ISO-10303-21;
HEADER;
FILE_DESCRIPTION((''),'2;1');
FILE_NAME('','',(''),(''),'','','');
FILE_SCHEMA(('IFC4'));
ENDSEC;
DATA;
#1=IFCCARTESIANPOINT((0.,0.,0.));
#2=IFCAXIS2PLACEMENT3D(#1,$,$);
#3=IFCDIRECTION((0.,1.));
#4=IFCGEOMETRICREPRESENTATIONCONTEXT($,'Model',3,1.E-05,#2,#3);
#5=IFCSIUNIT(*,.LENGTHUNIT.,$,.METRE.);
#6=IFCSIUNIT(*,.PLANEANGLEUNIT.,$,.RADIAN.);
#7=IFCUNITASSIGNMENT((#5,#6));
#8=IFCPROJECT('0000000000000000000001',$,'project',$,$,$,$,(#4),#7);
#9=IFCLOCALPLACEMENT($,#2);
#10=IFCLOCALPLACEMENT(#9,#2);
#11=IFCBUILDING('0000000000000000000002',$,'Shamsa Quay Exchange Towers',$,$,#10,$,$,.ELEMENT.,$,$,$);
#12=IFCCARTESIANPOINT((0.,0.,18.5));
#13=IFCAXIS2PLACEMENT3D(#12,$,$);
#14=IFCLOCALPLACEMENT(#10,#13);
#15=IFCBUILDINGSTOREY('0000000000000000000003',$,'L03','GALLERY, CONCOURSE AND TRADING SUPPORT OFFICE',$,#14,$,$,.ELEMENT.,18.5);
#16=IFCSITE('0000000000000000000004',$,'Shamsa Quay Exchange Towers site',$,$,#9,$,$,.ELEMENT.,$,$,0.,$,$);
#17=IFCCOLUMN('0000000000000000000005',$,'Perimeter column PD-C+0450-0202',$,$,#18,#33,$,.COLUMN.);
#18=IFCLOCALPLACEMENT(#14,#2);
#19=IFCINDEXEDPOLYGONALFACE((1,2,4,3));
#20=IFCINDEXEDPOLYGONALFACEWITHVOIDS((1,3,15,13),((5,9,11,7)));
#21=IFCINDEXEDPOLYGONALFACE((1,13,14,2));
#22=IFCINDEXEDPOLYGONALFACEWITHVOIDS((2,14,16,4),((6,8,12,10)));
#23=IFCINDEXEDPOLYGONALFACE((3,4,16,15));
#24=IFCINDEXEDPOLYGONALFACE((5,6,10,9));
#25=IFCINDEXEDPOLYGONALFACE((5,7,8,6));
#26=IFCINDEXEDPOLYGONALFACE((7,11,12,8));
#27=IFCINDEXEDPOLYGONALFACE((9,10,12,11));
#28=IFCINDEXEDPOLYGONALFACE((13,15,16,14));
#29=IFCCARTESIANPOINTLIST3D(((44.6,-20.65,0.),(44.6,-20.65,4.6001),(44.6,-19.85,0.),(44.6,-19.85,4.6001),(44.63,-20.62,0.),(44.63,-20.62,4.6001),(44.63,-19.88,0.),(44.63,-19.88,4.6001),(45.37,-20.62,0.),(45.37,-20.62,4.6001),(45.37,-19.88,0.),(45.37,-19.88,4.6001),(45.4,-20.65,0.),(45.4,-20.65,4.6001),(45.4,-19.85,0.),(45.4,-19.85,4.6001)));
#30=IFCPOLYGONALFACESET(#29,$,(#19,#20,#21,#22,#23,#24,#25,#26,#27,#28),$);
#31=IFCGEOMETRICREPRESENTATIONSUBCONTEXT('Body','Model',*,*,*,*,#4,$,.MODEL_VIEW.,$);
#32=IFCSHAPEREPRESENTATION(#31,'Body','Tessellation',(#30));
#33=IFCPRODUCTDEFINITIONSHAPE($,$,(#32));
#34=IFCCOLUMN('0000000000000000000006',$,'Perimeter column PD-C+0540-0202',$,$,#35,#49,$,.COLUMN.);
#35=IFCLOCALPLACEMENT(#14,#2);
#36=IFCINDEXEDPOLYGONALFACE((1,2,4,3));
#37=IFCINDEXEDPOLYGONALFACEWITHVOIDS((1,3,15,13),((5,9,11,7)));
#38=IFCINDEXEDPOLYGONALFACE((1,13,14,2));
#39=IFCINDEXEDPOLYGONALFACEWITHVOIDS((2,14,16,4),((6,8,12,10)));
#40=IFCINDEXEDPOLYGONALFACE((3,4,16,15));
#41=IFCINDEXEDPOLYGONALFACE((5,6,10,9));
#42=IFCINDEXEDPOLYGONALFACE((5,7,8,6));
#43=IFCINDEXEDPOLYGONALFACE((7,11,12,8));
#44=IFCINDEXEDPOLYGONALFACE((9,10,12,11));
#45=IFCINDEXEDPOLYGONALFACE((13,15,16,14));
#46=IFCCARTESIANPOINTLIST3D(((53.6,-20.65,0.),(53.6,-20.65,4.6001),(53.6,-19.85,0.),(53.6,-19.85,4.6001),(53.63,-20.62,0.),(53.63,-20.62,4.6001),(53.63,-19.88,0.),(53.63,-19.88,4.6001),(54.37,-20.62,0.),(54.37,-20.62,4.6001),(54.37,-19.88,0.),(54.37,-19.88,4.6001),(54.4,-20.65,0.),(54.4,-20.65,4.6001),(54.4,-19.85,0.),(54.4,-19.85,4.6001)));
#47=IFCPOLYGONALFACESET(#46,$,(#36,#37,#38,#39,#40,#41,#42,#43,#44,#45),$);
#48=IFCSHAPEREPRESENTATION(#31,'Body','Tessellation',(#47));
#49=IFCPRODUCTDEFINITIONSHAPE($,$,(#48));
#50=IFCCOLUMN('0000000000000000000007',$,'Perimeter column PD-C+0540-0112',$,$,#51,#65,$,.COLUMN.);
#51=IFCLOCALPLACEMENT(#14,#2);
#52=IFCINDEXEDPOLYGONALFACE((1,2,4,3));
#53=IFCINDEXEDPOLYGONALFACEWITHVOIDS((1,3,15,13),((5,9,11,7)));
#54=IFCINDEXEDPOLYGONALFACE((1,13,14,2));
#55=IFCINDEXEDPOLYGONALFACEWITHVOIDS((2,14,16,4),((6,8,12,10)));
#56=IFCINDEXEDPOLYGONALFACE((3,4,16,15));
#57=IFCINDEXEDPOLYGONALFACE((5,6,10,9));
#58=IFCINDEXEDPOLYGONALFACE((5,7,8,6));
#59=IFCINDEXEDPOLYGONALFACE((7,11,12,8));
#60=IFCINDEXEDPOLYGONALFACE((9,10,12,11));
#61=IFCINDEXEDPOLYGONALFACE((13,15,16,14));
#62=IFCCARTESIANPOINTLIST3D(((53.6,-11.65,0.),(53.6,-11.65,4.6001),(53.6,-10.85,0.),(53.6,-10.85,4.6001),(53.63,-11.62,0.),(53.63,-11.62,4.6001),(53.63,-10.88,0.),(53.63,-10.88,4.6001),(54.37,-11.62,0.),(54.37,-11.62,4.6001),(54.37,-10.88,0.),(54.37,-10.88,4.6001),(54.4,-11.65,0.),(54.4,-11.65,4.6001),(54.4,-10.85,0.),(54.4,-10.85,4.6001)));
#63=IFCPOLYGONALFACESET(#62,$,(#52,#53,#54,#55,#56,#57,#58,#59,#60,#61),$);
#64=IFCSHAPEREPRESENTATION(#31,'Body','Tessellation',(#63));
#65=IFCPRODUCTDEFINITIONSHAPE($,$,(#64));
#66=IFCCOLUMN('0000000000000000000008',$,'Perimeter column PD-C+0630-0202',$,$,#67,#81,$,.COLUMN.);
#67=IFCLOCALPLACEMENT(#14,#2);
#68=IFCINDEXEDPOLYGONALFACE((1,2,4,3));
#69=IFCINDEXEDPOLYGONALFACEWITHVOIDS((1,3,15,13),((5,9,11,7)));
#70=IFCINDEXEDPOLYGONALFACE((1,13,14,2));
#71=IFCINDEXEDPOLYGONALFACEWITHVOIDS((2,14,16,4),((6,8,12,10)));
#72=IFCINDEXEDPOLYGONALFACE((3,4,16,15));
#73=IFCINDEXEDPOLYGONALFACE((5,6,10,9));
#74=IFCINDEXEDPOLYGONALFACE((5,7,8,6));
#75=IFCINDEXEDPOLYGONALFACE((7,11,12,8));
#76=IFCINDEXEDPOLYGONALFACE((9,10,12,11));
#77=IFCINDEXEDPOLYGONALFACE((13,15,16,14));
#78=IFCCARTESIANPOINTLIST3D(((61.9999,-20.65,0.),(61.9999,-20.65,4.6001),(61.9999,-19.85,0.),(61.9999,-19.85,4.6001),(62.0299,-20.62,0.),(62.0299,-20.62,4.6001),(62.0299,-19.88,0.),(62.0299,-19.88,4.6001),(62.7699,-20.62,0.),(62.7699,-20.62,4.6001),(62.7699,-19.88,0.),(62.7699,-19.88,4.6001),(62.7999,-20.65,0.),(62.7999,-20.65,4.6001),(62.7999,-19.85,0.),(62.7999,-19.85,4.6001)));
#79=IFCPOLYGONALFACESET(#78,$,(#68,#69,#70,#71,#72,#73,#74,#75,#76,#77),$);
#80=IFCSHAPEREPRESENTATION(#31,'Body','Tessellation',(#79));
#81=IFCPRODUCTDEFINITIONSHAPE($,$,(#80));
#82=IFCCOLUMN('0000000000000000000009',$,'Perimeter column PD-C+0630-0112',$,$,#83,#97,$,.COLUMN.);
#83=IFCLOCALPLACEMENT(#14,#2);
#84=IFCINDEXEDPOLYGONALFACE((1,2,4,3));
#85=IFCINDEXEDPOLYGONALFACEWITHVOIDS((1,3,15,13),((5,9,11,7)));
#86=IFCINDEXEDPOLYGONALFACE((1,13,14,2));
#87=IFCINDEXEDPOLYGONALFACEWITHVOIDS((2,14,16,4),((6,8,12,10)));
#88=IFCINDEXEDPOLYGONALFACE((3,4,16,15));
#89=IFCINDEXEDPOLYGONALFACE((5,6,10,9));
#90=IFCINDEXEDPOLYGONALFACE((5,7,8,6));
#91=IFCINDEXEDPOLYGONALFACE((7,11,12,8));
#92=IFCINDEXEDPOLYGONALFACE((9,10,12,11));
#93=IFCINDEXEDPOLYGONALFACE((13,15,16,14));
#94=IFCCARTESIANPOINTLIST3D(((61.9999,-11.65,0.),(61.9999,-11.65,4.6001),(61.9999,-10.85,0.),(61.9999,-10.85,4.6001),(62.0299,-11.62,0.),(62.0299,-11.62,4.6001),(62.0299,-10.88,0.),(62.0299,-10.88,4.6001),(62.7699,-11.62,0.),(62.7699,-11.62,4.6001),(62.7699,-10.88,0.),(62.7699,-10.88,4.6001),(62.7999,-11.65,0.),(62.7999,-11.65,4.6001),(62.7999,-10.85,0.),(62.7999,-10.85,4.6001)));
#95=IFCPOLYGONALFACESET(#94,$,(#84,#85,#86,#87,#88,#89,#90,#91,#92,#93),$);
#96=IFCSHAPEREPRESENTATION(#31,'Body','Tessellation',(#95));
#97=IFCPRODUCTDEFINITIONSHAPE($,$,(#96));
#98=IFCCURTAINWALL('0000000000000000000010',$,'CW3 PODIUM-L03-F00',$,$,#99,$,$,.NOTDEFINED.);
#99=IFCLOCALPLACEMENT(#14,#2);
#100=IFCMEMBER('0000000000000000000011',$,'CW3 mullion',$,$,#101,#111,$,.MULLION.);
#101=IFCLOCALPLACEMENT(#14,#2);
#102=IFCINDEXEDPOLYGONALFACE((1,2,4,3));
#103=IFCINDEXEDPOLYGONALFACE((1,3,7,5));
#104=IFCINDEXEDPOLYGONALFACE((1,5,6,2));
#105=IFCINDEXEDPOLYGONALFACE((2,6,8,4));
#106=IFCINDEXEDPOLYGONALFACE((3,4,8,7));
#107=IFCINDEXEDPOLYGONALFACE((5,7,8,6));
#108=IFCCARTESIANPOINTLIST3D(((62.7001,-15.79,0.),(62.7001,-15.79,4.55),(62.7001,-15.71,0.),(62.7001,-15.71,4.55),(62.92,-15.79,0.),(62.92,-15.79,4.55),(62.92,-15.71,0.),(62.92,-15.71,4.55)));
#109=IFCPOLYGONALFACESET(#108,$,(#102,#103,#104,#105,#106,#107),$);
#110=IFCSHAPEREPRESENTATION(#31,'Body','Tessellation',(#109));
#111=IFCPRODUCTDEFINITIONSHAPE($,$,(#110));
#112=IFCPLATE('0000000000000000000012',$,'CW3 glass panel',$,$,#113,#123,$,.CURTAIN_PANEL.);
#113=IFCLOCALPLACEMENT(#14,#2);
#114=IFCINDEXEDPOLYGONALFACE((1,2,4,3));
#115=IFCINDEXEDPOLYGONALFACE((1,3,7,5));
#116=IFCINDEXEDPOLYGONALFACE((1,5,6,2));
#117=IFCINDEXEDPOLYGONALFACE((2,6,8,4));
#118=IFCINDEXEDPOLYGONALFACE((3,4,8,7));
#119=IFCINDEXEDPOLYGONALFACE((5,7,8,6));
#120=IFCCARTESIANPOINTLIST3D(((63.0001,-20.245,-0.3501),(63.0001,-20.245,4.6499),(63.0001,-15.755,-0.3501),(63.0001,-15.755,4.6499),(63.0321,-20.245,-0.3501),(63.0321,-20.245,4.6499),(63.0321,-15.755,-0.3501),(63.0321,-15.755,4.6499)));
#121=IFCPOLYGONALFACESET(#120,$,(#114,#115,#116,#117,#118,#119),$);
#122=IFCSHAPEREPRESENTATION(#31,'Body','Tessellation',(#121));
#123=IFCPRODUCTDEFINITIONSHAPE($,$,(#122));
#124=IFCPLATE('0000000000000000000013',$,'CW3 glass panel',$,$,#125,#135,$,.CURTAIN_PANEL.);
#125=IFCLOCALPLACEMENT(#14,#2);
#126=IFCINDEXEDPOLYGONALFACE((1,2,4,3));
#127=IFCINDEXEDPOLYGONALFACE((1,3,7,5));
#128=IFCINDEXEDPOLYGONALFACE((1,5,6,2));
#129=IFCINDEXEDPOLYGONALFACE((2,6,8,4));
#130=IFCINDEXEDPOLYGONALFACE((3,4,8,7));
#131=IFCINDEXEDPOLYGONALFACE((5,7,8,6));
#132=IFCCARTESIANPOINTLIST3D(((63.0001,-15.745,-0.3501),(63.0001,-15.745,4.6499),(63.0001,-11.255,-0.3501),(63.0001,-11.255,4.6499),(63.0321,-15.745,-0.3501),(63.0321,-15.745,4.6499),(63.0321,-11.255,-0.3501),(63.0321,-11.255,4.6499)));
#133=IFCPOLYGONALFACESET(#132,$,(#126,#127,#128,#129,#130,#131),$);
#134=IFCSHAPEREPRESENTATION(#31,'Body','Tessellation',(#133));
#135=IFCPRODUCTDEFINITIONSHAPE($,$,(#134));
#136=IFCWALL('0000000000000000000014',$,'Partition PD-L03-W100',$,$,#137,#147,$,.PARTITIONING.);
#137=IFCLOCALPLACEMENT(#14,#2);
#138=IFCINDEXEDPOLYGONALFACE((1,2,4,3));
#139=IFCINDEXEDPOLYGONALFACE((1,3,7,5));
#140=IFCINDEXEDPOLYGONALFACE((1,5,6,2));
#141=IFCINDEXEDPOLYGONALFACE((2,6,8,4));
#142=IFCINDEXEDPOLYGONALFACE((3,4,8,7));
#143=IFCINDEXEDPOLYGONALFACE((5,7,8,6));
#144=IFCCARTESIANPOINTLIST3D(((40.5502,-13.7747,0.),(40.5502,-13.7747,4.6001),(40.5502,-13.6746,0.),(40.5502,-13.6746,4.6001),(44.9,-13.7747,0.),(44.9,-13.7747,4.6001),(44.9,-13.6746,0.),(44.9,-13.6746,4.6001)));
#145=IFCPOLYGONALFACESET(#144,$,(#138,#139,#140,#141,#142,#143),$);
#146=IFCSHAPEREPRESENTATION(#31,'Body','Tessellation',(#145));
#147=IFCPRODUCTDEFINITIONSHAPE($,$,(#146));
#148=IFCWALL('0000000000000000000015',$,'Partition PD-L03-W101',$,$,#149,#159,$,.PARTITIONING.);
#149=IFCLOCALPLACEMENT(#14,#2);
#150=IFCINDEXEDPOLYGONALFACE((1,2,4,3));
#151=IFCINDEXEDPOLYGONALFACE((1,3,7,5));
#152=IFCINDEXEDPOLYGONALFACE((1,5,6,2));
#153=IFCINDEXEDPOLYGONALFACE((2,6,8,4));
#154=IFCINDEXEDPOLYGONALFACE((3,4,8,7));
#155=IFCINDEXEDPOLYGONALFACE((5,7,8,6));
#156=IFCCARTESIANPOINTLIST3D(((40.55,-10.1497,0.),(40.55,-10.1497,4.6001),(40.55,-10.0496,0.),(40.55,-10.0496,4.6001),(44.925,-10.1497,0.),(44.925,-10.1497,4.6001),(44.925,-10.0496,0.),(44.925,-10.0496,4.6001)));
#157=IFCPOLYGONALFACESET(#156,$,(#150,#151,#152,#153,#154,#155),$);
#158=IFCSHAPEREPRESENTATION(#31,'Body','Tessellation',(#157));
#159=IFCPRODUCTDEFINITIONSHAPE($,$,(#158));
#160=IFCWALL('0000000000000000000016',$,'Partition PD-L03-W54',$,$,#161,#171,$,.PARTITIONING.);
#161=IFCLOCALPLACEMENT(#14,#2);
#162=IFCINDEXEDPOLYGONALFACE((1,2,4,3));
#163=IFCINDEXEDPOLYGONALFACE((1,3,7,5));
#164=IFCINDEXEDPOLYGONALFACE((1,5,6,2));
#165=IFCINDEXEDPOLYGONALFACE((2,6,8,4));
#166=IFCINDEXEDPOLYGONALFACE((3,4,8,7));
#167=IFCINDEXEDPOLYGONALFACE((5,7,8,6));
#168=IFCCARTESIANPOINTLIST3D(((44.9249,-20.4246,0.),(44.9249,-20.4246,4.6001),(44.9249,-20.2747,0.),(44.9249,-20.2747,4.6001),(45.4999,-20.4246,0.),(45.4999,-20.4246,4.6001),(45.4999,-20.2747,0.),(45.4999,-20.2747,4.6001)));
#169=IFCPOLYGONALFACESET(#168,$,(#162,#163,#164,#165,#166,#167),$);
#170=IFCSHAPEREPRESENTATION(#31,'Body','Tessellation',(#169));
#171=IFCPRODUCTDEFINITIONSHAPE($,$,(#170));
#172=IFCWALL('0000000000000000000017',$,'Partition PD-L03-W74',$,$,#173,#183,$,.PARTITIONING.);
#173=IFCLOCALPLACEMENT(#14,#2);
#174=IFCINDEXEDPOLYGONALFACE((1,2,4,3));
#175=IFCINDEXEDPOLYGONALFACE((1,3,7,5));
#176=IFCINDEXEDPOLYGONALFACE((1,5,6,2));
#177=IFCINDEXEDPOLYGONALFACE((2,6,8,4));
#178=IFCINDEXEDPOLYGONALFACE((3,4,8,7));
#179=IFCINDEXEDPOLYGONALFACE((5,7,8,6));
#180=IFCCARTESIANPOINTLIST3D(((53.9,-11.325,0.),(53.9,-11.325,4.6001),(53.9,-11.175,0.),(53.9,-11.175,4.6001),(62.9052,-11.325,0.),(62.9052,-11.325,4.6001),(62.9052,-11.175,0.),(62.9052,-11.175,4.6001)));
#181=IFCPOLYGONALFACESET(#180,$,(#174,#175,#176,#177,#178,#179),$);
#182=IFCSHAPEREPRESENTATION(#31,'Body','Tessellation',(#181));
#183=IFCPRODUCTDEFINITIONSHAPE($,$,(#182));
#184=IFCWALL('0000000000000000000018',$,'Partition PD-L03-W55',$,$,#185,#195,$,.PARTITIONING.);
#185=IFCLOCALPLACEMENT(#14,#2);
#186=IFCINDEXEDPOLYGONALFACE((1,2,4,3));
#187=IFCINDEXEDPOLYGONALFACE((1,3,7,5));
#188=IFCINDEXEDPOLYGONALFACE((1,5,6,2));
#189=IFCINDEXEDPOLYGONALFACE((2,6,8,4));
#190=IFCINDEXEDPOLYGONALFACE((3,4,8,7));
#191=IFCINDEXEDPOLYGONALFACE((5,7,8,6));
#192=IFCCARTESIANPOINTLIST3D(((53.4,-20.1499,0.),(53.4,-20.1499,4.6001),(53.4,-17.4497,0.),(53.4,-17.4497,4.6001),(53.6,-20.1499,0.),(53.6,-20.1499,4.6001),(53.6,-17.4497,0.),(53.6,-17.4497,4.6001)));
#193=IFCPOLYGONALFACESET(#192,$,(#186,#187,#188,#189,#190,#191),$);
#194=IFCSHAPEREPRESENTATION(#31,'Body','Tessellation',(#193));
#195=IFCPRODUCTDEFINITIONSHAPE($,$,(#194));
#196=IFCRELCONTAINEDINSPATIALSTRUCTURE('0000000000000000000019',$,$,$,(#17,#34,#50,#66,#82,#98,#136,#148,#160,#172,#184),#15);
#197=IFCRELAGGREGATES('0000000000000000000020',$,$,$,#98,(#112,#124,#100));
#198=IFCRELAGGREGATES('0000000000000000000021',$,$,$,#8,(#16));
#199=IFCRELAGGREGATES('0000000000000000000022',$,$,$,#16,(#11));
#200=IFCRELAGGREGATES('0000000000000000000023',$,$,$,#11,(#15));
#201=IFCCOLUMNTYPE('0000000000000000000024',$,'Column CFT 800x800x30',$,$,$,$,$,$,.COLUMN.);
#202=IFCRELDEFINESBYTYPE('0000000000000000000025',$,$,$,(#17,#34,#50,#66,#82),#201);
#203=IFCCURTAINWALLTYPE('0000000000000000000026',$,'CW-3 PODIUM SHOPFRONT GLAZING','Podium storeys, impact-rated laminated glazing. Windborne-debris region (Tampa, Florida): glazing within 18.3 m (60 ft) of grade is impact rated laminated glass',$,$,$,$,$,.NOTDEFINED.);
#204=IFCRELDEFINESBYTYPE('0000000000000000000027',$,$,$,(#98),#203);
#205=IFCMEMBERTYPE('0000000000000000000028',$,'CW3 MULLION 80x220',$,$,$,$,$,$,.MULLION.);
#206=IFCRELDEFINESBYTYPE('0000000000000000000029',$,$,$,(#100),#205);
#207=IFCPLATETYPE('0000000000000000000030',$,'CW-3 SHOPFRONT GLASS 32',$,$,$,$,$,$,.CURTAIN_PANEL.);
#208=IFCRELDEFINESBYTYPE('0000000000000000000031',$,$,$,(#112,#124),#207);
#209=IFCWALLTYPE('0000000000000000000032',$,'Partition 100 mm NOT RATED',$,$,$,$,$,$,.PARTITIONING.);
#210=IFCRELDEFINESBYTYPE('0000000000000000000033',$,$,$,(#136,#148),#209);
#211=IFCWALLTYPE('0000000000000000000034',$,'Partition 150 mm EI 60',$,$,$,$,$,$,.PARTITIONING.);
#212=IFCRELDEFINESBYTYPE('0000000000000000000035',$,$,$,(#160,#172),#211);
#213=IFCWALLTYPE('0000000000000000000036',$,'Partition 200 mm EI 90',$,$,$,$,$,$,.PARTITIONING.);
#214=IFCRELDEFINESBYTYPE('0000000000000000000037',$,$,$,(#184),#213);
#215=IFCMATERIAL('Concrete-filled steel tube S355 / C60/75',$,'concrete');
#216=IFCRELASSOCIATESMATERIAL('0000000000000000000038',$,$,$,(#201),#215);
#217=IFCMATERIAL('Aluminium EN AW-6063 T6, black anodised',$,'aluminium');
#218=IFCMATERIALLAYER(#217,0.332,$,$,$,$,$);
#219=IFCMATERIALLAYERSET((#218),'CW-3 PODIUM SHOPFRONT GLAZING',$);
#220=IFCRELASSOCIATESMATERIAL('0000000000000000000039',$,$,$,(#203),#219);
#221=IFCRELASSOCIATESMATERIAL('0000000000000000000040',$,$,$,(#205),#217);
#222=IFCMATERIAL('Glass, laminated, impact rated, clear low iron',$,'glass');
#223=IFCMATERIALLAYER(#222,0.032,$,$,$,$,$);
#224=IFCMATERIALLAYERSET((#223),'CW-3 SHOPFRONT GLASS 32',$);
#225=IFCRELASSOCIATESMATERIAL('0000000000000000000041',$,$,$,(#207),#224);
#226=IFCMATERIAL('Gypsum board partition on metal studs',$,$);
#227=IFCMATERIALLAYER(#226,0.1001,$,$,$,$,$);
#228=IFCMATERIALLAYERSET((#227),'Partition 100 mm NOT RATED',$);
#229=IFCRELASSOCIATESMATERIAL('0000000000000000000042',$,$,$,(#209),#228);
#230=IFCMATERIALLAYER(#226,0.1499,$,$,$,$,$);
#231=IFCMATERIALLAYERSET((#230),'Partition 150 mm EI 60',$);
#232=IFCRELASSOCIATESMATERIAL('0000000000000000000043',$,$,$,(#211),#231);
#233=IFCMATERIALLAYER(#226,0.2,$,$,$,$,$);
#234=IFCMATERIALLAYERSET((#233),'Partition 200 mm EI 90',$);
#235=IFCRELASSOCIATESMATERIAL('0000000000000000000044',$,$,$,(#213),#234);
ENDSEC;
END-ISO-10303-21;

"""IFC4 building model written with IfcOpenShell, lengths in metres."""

from ifc_helpers import new_model, si_unit, direction, frame, frame_2d, origin, origin_2d, place, context, subcontext, project, spatial, rectangle, hollow_rectangle, extrude, material, layer, layer_set, material_profile, profile_set, type_object, element, aggregate, save


model = new_model("IFC4")

# Units and contexts
model_context = context("Model", 3, precision=1e-05, world=origin(), true_north=direction((0.0, 1.0)))
body_context = subcontext(model_context, "Body", "Model", "MODEL_VIEW")
ifc_project = project(units=[si_unit("LENGTHUNIT", "METRE"), si_unit("PLANEANGLEUNIT", "RADIAN")], contexts=[model_context])

# Site, building, storey
site_placement = place(None, origin())
site = spatial("IfcSite", under=ifc_project, at=site_placement, Name="Shamsa Quay Exchange Towers site", CompositionType="ELEMENT", RefElevation=0.0)
building_placement = place(site_placement, origin())
building = spatial("IfcBuilding", under=site, at=building_placement, Name="Shamsa Quay Exchange Towers", CompositionType="ELEMENT")
storey_placement = place(building_placement, frame((0.0, 0.0, 18.5)))
storey = spatial("IfcBuildingStorey", under=building, at=storey_placement, Name="L03", Description="GALLERY, CONCOURSE AND TRADING SUPPORT OFFICE", CompositionType="ELEMENT", Elevation=18.5)

# Columns
ifc_material_1 = material(Name="Concrete-filled steel tube S355 / C60/75", Category="concrete")
ifc_material_profile_1 = material_profile(ifc_material_1, hollow_rectangle(XDim=0.8, YDim=0.8, WallThickness=0.03, at=origin_2d()), Name="CFT 800x800x30")
ifc_profile_set_1 = profile_set([ifc_material_profile_1], Name="Concrete-filled steel tube S355 / C60/75")
column_type = type_object("IfcColumnType", Name="Column CFT 800x800x30", PredefinedType="COLUMN", material=ifc_profile_set_1)
for number, where, name in (
    (1, (45.0, -20.25, 0.0), "Perimeter column PD-C+0450-0202"),
    (2, (54.0, -20.25, 0.0), "Perimeter column PD-C+0540-0202"),
    (3, (54.0, -11.25, 0.0), "Perimeter column PD-C+0540-0112"),
    (4, (62.3999, -20.25, 0.0), "Perimeter column PD-C+0630-0202"),
    (5, (62.3999, -11.25, 0.0), "Perimeter column PD-C+0630-0112"),
):
    element("IfcColumn", number, at=place(storey_placement, frame(where)), inside=storey, type_object=column_type, Name=name, PredefinedType="COLUMN", context=body_context, shape_type="SweptSolid", body=[
        extrude(hollow_rectangle(XDim=0.8, YDim=0.8, WallThickness=0.03, at=origin_2d()), origin(), (0.0, 0.0, 1.0), 4.6001),
    ])

# Curtain wall, member, plates
ifc_material_2 = material(Name="Aluminium EN AW-6063 T6, black anodised", Category="aluminium")
ifc_layer_1 = layer(ifc_material_2, 0.332)
ifc_layer_set_1 = layer_set([ifc_layer_1], Name="CW-3 PODIUM SHOPFRONT GLAZING")
curtain_wall_type = type_object("IfcCurtainWallType", Name="CW-3 PODIUM SHOPFRONT GLAZING", Description="Podium storeys, impact-rated laminated glazing. Windborne-debris region (Tampa, Florida): glazing within 18.3 m (60 ft) of grade is impact rated laminated glass", PredefinedType="NOTDEFINED", material=ifc_layer_set_1)
curtain_wall_placement = place(storey_placement, origin())
curtain_wall = element("IfcCurtainWall", 6, at=curtain_wall_placement, inside=storey, type_object=curtain_wall_type, Name="CW3 PODIUM-L03-F00", PredefinedType="NOTDEFINED")
ifc_material_profile_2 = material_profile(ifc_material_2, rectangle(XDim=0.22, YDim=0.0801, at=origin_2d()), Name="MU80x220")
ifc_profile_set_2 = profile_set([ifc_material_profile_2], Name="Aluminium EN AW-6063 T6, black anodised")
member_type = type_object("IfcMemberType", Name="CW3 MULLION 80x220", PredefinedType="MULLION", material=ifc_profile_set_2)
member_placement = place(storey_placement, frame((62.8101, -15.75, 0.0), z_axis=(0.0, 0.0, 1.0), x_axis=(-1.0, 0.0, 0.0)))
member = element("IfcMember", 7, at=member_placement, type_object=member_type, Name="CW3 mullion", PredefinedType="MULLION", context=body_context, shape_type="SweptSolid", body=[
    extrude(rectangle(XDim=0.22, YDim=0.0801, at=origin_2d()), origin(), (0.0, 0.0, 1.0), 4.55),
])
ifc_material_3 = material(Name="Glass, laminated, impact rated, clear low iron", Category="glass")
ifc_layer_2 = layer(ifc_material_3, 0.032)
ifc_layer_set_2 = layer_set([ifc_layer_2], Name="CW-3 SHOPFRONT GLASS 32")
plate_type = type_object("IfcPlateType", Name="CW-3 SHOPFRONT GLASS 32", PredefinedType="CURTAIN_PANEL", material=ifc_layer_set_2)
plate_1_placement = place(storey_placement, frame((63.0161, -18.0, -0.3501), z_axis=(0.0, 0.0, 1.0), x_axis=(0.0, 1.0, 0.0)))
plate_1 = element("IfcPlate", 8, at=plate_1_placement, type_object=plate_type, Name="CW3 glass panel", PredefinedType="CURTAIN_PANEL", context=body_context, shape_type="SweptSolid", body=[
    extrude(rectangle(XDim=4.49, YDim=0.032, at=origin_2d()), origin(), (0.0, 0.0, 1.0), 5.0),
])
plate_2_placement = place(storey_placement, frame((63.0161, -13.5, -0.3501), z_axis=(0.0, 0.0, 1.0), x_axis=(0.0, 1.0, 0.0)))
plate_2 = element("IfcPlate", 9, at=plate_2_placement, type_object=plate_type, Name="CW3 glass panel", PredefinedType="CURTAIN_PANEL", context=body_context, shape_type="SweptSolid", body=[
    extrude(rectangle(XDim=4.49, YDim=0.032, at=origin_2d()), origin(), (0.0, 0.0, 1.0), 5.0),
])
aggregate(curtain_wall, [plate_1, plate_2, member])

# Walls
ifc_material_4 = material(Name="Gypsum board partition on metal studs")
ifc_layer_3 = layer(ifc_material_4, 0.1001)
ifc_layer_set_3 = layer_set([ifc_layer_3], Name="Partition 100 mm NOT RATED")
wall_type_1 = type_object("IfcWallType", Name="Partition 100 mm NOT RATED", PredefinedType="PARTITIONING", material=ifc_layer_set_3)
wall_1_placement = place(storey_placement, frame((44.8999, -13.7246, 0.0), z_axis=(0.0, 0.0, 1.0), x_axis=(-1.0, 0.0, 0.0)))
element("IfcWall", 10, at=wall_1_placement, inside=storey, type_object=wall_type_1, Name="Partition PD-L03-W100", PredefinedType="PARTITIONING", context=body_context, shape_type="SweptSolid", body=[
    extrude(rectangle(XDim=4.3499, YDim=0.1001, at=frame_2d((2.1748, 0.0))), origin(), (0.0, 0.0, 1.0), 4.6001),
])
wall_2_placement = place(storey_placement, frame((44.925, -10.0996, 0.0), z_axis=(0.0, 0.0, 1.0), x_axis=(-1.0, 0.0, 0.0)))
element("IfcWall", 11, at=wall_2_placement, inside=storey, type_object=wall_type_1, Name="Partition PD-L03-W101", PredefinedType="PARTITIONING", context=body_context, shape_type="SweptSolid", body=[
    extrude(rectangle(XDim=4.375, YDim=0.1001, at=frame_2d((2.1875, 0.0))), origin(), (0.0, 0.0, 1.0), 4.6001),
])
ifc_layer_4 = layer(ifc_material_4, 0.1499)
ifc_layer_set_4 = layer_set([ifc_layer_4], Name="Partition 150 mm EI 60")
wall_type_2 = type_object("IfcWallType", Name="Partition 150 mm EI 60", PredefinedType="PARTITIONING", material=ifc_layer_set_4)
wall_3_placement = place(storey_placement, frame((45.5, -20.3496, 0.0), z_axis=(0.0, 0.0, 1.0), x_axis=(-1.0, 0.0, 0.0)))
element("IfcWall", 12, at=wall_3_placement, inside=storey, type_object=wall_type_2, Name="Partition PD-L03-W54", PredefinedType="PARTITIONING", context=body_context, shape_type="SweptSolid", body=[
    extrude(rectangle(XDim=0.575, YDim=0.1499, at=frame_2d((0.2876, 0.0))), origin(), (0.0, 0.0, 1.0), 4.6001),
])
wall_4_placement = place(storey_placement, frame((62.905, -11.25, 0.0), z_axis=(0.0, 0.0, 1.0), x_axis=(-1.0, 0.0, 0.0)))
element("IfcWall", 13, at=wall_4_placement, inside=storey, type_object=wall_type_2, Name="Partition PD-L03-W74", PredefinedType="PARTITIONING", context=body_context, shape_type="SweptSolid", body=[
    extrude(rectangle(XDim=9.0051, YDim=0.1499, at=frame_2d((4.5024, 0.0))), origin(), (0.0, 0.0, 1.0), 4.6001),
])
ifc_layer_5 = layer(ifc_material_4, 0.2)
ifc_layer_set_5 = layer_set([ifc_layer_5], Name="Partition 200 mm EI 90")
wall_type_3 = type_object("IfcWallType", Name="Partition 200 mm EI 90", PredefinedType="PARTITIONING", material=ifc_layer_set_5)
wall_5_placement = place(storey_placement, frame((53.5, -17.4497, 0.0), z_axis=(0.0, 0.0, 1.0), x_axis=(0.0, -1.0, 0.0)))
element("IfcWall", 14, at=wall_5_placement, inside=storey, type_object=wall_type_3, Name="Partition PD-L03-W55", PredefinedType="PARTITIONING", context=body_context, shape_type="SweptSolid", body=[
    extrude(rectangle(XDim=2.7002, YDim=0.2, at=frame_2d((1.3501, 0.0))), origin(), (0.0, 0.0, 1.0), 4.6001),
])

save(model, "model.ifc")
